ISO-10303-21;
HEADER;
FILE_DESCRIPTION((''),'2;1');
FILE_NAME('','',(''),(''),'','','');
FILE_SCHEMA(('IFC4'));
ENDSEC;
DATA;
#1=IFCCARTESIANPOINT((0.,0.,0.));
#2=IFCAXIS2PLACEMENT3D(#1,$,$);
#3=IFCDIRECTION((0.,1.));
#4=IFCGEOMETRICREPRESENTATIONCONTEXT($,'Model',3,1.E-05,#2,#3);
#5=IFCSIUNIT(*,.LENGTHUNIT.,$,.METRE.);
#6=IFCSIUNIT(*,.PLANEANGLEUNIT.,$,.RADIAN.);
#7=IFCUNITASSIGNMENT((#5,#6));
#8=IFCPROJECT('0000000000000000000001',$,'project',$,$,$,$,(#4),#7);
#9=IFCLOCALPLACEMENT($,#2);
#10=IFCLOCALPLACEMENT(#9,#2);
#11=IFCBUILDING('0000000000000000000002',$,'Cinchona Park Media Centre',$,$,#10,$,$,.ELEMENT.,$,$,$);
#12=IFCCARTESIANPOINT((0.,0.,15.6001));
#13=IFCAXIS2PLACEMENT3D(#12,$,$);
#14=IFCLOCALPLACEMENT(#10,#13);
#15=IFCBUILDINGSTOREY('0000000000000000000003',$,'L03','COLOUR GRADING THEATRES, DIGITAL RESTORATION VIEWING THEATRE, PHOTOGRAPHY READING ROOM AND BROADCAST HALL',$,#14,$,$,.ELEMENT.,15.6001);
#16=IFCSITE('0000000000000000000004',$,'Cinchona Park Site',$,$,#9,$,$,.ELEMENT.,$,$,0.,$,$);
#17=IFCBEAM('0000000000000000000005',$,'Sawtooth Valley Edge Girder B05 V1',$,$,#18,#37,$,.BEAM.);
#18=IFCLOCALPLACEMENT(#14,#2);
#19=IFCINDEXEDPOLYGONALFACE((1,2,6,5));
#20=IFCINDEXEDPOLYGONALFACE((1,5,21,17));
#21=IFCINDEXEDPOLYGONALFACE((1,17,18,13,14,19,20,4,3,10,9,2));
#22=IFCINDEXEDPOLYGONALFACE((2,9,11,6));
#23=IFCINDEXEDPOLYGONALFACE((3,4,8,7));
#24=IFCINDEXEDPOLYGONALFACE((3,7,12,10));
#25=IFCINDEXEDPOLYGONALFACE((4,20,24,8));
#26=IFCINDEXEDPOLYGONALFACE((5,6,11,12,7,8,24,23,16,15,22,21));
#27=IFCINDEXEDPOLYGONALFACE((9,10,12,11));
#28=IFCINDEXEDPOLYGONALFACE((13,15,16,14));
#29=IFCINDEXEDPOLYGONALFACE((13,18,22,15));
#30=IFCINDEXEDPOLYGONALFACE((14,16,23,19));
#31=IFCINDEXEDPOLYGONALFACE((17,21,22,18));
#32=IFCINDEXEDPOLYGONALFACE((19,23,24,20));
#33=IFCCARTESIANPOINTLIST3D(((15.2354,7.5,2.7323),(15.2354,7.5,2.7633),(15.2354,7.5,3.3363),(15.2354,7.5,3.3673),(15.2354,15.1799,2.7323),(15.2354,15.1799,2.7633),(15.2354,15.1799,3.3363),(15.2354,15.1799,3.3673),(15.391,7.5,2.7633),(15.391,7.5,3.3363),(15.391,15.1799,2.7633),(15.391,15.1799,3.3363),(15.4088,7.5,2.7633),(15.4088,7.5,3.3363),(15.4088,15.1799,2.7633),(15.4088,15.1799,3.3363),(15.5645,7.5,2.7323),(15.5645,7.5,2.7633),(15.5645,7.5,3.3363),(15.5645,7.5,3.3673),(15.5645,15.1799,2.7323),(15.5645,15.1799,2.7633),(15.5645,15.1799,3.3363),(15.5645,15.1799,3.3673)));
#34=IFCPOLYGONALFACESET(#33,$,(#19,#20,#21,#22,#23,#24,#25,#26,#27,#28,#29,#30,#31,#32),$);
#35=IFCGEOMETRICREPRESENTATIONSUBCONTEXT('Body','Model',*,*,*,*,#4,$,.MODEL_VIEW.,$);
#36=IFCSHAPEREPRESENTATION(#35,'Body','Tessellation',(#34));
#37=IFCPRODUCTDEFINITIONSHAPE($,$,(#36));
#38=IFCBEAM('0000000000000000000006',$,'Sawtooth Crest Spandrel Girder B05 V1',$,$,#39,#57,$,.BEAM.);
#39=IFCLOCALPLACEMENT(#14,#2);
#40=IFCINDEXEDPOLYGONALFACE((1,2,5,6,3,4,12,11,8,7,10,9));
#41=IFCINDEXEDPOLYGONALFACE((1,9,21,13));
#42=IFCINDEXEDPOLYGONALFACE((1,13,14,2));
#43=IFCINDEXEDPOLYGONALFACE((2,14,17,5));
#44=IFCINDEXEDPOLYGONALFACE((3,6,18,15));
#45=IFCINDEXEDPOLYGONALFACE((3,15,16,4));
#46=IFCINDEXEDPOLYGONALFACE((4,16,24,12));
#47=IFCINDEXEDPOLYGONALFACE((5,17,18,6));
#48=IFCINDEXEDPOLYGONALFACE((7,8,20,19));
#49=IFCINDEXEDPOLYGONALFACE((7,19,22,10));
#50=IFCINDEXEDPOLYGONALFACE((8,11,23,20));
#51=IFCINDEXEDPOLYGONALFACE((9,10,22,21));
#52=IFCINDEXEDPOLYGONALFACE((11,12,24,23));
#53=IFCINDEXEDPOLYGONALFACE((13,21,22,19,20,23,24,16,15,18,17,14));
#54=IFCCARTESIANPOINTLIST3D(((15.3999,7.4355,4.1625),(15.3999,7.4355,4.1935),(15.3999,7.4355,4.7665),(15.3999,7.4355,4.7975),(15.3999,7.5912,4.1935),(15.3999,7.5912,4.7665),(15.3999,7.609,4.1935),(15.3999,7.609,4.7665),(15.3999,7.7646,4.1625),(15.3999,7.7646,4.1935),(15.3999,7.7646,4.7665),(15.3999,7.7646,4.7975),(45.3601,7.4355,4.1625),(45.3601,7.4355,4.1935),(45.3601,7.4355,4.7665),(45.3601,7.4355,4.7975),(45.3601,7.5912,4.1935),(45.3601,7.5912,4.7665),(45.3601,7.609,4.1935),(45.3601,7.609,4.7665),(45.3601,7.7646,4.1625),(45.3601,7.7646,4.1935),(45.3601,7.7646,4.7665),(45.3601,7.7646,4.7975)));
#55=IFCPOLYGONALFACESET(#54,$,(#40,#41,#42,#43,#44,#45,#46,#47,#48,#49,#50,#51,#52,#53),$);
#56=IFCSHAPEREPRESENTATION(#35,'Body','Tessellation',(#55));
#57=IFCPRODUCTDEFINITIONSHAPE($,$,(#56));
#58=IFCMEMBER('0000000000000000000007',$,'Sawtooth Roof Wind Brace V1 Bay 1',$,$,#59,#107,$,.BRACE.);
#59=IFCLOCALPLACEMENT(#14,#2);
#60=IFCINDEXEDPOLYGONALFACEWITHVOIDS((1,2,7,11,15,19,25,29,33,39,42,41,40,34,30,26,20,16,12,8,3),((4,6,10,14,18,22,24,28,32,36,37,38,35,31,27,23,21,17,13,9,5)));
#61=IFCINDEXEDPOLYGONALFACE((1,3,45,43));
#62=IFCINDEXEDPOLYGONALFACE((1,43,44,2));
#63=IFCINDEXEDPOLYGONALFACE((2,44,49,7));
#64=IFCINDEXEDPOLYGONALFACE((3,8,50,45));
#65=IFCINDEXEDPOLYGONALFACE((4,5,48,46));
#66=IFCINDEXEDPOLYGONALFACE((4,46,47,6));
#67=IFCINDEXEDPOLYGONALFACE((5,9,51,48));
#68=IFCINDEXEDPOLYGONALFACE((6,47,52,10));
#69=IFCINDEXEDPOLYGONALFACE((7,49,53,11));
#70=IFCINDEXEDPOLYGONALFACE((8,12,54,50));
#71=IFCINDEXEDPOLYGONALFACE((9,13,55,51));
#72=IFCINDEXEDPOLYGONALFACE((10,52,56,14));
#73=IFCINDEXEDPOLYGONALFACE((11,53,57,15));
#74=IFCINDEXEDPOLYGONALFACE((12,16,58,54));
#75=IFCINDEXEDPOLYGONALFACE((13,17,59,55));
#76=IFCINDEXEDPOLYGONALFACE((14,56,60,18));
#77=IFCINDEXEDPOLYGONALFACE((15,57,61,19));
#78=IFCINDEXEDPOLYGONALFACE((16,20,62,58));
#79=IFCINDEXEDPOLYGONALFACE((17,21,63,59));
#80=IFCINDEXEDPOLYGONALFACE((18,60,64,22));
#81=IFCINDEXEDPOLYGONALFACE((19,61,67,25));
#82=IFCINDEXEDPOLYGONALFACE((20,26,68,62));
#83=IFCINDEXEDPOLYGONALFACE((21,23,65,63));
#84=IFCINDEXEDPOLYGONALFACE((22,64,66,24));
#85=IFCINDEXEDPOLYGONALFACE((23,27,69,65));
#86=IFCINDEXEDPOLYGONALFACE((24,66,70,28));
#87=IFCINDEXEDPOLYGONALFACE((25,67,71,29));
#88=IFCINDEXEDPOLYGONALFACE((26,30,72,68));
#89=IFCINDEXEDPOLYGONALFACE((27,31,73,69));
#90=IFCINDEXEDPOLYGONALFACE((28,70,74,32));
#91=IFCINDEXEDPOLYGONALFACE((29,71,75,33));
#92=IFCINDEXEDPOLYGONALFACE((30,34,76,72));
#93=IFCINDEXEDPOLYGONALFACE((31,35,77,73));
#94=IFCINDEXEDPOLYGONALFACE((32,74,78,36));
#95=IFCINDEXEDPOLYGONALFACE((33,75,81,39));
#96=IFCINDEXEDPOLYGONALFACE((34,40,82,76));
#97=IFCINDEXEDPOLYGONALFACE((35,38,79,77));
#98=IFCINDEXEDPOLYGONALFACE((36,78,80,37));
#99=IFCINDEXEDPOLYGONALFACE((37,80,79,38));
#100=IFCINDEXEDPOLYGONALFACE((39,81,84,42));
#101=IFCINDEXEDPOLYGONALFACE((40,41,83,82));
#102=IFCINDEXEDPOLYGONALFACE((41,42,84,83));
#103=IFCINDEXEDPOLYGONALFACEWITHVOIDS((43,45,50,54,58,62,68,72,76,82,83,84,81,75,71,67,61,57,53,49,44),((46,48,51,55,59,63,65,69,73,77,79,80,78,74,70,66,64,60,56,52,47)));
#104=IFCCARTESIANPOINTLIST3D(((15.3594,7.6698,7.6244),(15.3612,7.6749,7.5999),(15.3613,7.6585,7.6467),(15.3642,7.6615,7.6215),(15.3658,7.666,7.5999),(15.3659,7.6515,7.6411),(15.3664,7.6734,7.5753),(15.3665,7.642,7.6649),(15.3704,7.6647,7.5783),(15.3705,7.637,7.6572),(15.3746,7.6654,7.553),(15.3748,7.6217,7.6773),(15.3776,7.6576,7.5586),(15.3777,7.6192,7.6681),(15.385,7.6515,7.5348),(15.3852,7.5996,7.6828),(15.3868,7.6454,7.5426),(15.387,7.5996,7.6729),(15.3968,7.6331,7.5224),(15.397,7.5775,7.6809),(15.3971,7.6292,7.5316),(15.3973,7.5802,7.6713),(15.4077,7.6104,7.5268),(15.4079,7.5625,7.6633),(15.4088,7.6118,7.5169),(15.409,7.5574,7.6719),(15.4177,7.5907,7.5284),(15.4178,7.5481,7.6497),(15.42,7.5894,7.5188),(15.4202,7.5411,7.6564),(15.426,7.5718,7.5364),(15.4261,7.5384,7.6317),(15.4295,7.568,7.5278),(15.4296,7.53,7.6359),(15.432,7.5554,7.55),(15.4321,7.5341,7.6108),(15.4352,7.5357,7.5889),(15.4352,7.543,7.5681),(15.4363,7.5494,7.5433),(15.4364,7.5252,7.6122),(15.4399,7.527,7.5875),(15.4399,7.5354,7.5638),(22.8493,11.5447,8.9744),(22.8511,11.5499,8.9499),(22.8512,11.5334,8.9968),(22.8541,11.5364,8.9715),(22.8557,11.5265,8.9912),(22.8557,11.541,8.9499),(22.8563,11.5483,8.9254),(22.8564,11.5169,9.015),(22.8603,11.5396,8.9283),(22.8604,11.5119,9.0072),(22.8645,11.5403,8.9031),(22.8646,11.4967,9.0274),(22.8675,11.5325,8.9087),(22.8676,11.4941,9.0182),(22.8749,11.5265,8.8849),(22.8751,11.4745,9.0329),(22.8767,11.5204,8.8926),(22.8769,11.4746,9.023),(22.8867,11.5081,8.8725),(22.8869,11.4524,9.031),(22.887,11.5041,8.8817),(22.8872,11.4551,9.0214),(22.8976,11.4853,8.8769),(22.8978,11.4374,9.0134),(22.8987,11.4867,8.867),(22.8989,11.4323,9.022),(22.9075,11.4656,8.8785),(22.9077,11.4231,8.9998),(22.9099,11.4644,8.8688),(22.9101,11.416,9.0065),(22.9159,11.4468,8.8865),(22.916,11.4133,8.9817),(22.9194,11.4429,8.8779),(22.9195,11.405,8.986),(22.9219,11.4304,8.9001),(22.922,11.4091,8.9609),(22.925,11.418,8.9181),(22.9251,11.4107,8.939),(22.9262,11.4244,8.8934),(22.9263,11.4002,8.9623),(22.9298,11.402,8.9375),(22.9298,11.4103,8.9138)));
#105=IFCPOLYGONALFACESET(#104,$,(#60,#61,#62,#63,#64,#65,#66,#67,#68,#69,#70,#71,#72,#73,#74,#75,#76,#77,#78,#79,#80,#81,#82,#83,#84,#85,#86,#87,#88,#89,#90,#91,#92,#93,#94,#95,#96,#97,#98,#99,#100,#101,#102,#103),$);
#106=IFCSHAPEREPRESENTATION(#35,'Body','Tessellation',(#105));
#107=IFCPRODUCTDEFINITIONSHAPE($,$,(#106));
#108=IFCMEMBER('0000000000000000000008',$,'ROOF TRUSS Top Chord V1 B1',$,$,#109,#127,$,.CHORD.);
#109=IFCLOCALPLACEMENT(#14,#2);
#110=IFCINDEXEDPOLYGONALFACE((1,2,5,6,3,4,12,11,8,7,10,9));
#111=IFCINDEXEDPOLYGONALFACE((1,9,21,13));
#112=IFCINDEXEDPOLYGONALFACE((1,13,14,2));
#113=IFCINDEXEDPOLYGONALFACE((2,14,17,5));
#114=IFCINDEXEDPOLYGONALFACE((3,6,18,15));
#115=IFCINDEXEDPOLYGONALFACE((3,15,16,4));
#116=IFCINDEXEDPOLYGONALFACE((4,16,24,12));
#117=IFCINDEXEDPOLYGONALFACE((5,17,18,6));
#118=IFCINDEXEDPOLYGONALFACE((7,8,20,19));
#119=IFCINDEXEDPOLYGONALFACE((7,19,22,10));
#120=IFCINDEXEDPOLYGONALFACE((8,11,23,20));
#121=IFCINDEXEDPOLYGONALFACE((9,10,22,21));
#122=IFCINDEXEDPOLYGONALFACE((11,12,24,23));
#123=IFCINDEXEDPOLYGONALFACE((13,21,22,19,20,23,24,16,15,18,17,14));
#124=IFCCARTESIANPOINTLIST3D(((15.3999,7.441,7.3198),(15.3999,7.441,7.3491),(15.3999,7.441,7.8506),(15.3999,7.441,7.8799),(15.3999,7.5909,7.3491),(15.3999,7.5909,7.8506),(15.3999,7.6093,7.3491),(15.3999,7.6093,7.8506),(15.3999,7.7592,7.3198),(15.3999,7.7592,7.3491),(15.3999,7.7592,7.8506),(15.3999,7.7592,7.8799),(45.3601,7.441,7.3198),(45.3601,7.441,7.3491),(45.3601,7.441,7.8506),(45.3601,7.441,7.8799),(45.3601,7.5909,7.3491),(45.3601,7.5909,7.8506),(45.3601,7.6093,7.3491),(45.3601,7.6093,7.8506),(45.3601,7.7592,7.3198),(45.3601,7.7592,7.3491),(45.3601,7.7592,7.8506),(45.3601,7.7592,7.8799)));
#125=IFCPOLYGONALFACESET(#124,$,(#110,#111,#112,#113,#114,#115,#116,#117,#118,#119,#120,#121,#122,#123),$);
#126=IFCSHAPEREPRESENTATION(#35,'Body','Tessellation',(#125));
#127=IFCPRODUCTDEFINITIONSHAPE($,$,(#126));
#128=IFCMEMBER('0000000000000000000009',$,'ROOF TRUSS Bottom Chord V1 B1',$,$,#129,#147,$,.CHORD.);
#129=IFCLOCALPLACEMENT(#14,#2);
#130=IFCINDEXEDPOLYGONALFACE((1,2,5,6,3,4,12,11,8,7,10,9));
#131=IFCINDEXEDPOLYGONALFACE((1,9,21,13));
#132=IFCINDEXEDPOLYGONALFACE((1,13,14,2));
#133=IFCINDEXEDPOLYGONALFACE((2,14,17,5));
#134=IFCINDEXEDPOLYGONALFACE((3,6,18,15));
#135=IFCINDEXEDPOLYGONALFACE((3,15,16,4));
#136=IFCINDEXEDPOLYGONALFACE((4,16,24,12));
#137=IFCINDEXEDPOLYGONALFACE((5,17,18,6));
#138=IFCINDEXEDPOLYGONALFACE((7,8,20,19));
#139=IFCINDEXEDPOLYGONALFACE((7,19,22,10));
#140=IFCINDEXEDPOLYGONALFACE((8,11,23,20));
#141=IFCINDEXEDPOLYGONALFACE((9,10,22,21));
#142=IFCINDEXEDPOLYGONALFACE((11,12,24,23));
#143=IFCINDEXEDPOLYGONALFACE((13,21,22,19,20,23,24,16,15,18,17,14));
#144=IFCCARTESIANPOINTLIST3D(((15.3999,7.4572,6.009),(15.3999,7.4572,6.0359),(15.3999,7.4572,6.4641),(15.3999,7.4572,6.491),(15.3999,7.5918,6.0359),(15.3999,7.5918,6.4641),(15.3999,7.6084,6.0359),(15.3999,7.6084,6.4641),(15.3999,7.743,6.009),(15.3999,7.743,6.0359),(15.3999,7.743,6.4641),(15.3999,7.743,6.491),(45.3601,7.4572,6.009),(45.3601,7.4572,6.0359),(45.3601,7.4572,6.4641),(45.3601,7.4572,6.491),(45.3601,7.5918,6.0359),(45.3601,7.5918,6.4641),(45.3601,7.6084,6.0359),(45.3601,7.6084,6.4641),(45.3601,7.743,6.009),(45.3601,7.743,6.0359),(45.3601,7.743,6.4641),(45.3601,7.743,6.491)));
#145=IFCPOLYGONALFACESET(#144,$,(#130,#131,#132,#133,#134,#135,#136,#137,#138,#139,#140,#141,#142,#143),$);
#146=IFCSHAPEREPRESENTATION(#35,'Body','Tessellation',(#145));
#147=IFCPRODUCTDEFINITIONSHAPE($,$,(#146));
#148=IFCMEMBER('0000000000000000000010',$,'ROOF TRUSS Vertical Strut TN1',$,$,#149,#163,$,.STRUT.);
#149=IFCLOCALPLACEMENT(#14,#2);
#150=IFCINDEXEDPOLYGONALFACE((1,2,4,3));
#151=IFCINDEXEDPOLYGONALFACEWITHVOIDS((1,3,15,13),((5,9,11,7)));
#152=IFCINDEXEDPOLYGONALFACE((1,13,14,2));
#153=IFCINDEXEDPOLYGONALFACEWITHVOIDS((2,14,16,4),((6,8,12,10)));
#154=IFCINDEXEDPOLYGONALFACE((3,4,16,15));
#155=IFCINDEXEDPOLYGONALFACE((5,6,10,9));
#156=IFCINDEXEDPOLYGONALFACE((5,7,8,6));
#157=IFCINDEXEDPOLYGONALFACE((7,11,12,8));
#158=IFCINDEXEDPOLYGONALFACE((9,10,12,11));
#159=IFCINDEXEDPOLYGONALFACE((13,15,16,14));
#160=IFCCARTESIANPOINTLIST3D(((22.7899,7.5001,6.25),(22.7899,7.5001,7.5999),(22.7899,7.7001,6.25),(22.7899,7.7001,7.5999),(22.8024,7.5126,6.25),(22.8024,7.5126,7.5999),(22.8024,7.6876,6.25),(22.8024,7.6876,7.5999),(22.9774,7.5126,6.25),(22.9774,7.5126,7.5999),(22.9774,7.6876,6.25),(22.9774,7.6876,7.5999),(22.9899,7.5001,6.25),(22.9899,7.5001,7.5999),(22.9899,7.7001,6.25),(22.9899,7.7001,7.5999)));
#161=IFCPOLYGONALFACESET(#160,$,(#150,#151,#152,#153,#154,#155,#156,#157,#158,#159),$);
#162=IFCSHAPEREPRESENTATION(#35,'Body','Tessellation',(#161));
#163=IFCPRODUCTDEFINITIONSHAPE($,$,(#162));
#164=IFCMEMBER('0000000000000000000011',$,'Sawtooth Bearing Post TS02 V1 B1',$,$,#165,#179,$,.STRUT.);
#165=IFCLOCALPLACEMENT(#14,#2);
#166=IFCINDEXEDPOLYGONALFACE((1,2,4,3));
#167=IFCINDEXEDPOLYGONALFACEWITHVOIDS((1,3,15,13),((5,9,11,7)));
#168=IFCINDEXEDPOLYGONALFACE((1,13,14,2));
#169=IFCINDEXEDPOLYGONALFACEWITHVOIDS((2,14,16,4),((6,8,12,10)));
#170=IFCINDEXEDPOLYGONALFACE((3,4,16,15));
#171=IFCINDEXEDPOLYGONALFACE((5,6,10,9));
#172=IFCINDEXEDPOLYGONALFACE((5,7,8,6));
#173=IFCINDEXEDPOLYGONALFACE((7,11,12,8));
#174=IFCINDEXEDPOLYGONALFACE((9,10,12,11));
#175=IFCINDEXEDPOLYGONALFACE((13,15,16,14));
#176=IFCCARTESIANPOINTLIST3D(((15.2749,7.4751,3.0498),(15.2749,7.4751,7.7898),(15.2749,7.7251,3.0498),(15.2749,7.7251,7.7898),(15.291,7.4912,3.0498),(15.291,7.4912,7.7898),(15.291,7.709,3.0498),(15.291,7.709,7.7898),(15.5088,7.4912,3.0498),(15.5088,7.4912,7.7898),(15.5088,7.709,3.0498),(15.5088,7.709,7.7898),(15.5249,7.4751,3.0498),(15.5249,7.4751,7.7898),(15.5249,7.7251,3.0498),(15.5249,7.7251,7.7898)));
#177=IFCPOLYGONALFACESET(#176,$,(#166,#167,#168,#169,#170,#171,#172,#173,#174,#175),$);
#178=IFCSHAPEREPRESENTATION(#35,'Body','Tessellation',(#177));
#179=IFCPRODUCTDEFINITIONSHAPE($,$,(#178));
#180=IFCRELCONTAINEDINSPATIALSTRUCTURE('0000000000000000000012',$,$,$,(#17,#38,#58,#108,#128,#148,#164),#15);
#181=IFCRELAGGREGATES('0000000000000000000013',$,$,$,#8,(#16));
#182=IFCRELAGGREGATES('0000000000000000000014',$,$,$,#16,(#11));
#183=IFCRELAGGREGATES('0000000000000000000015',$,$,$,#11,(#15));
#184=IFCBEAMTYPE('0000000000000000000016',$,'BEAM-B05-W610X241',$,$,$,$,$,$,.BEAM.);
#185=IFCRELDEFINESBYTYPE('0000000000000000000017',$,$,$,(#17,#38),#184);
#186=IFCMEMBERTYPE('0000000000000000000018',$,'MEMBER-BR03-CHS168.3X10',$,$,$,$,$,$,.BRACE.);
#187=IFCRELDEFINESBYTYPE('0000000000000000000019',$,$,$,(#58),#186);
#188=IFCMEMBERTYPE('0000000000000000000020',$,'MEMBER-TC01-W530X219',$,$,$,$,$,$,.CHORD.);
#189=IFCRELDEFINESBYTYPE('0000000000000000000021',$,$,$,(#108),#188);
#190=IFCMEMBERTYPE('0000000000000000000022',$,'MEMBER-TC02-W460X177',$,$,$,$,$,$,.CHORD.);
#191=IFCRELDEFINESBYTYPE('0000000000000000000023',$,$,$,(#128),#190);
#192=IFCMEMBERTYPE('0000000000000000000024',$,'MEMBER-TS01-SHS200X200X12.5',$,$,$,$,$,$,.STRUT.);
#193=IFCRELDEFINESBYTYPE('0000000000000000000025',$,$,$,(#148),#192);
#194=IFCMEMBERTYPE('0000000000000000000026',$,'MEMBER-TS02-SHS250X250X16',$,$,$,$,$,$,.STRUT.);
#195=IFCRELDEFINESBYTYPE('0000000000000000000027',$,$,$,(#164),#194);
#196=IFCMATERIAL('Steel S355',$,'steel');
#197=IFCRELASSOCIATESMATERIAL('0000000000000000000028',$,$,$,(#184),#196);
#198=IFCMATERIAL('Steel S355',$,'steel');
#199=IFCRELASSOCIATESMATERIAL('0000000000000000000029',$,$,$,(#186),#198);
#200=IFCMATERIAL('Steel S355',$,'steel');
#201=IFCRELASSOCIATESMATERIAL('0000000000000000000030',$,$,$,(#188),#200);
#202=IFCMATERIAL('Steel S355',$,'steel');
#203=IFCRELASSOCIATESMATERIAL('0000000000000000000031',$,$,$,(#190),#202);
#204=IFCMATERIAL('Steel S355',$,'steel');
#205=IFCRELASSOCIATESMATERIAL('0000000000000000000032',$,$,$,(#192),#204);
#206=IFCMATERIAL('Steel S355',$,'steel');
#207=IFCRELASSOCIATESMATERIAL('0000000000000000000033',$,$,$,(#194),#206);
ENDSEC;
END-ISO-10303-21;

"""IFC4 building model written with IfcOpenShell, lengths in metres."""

from ifc_helpers import new_model, si_unit, direction, frame, origin, origin_2d, place, context, subcontext, project, spatial, hollow_rectangle, hollow_circle, i_section, extrude, material, material_profile, profile_set, type_object, element, save


model = new_model("IFC4")

# Units and contexts
model_context = context("Model", 3, precision=1e-05, world=origin(), true_north=direction((0.0, 1.0)))
body_context = subcontext(model_context, "Body", "Model", "MODEL_VIEW")
ifc_project = project(units=[si_unit("LENGTHUNIT", "METRE"), si_unit("PLANEANGLEUNIT", "RADIAN")], contexts=[model_context])

# Site, building, storey
site_placement = place(None, origin())
site = spatial("IfcSite", under=ifc_project, at=site_placement, Name="Cinchona Park Site", CompositionType="ELEMENT", RefElevation=0.0)
building_placement = place(site_placement, origin())
building = spatial("IfcBuilding", under=site, at=building_placement, Name="Cinchona Park Media Centre", CompositionType="ELEMENT")
storey_placement = place(building_placement, frame((0.0, 0.0, 15.6001)))
storey = spatial("IfcBuildingStorey", under=building, at=storey_placement, Name="L03", Description="COLOUR GRADING THEATRES, DIGITAL RESTORATION VIEWING THEATRE, PHOTOGRAPHY READING ROOM AND BROADCAST HALL", CompositionType="ELEMENT", Elevation=15.6001)

# Beams
ifc_material_1 = material(Name="Steel S355", Category="steel")
ifc_material_profile_1 = material_profile(ifc_material_1, i_section(OverallWidth=0.3291, OverallDepth=0.635, WebThickness=0.0178, FlangeThickness=0.031, at=origin_2d()), Name="W610X241")
ifc_profile_set_1 = profile_set([ifc_material_profile_1], Name="Steel S355")
beam_type = type_object("IfcBeamType", Name="BEAM-B05-W610X241", PredefinedType="BEAM", material=ifc_profile_set_1)
beam_1_placement = place(storey_placement, frame((15.3999, 7.5, 3.0498), z_axis=(0.0, 1.0, 0.0), x_axis=(-1.0, 0.0, 0.0)))
element("IfcBeam", 1, at=beam_1_placement, inside=storey, type_object=beam_type, Name="Sawtooth Valley Edge Girder B05 V1", PredefinedType="BEAM", context=body_context, shape_type="SweptSolid", body=[
    extrude(i_section(OverallWidth=0.3291, OverallDepth=0.635, WebThickness=0.0178, FlangeThickness=0.031, at=origin_2d()), origin(), (0.0, 0.0, 1.0), 7.6799),
])
beam_2_placement = place(storey_placement, frame((15.3999, 7.6001, 4.48), z_axis=(1.0, 0.0, 0.0), x_axis=(0.0, 1.0, 0.0)))
element("IfcBeam", 2, at=beam_2_placement, inside=storey, type_object=beam_type, Name="Sawtooth Crest Spandrel Girder B05 V1", PredefinedType="BEAM", context=body_context, shape_type="SweptSolid", body=[
    extrude(i_section(OverallWidth=0.3291, OverallDepth=0.635, WebThickness=0.0178, FlangeThickness=0.031, at=origin_2d()), origin(), (0.0, 0.0, 1.0), 29.9602),
])

# Members
ifc_material_2 = material(Name="Steel S355", Category="steel")
ifc_material_profile_2 = material_profile(ifc_material_2, hollow_circle(Radius=0.0842, WallThickness=0.01, at=origin_2d()), Name="168.3X10CHS")
ifc_profile_set_2 = profile_set([ifc_material_profile_2], Name="Steel S355")
member_type_1 = type_object("IfcMemberType", Name="MEMBER-BR03-CHS168.3X10", PredefinedType="BRACE", material=ifc_profile_set_2)
member_1_placement = place(storey_placement, frame((15.3999, 7.6001, 7.5999), z_axis=(0.877007, 0.453726, 0.158084), x_axis=(-0.459504, 0.888176, 0.0)))
element("IfcMember", 3, at=member_1_placement, inside=storey, type_object=member_type_1, Name="Sawtooth Roof Wind Brace V1 Bay 1", PredefinedType="BRACE", context=body_context, shape_type="SweptSolid", body=[
    extrude(hollow_circle(Radius=0.0842, WallThickness=0.01, at=origin_2d()), origin(), (0.0, 0.0, 1.0), 8.5403),
])
ifc_material_3 = material(Name="Steel S355", Category="steel")
ifc_material_profile_3 = material_profile(ifc_material_3, i_section(OverallWidth=0.3181, OverallDepth=0.5601, WebThickness=0.0183, FlangeThickness=0.0293, at=origin_2d()), Name="W530X219")
ifc_profile_set_3 = profile_set([ifc_material_profile_3], Name="Steel S355")
member_type_2 = type_object("IfcMemberType", Name="MEMBER-TC01-W530X219", PredefinedType="CHORD", material=ifc_profile_set_3)
member_2_placement = place(storey_placement, frame((15.3999, 7.6001, 7.5999), z_axis=(1.0, 0.0, 0.0), x_axis=(0.0, 1.0, 0.0)))
element("IfcMember", 4, at=member_2_placement, inside=storey, type_object=member_type_2, Name="ROOF TRUSS Top Chord V1 B1", PredefinedType="CHORD", context=body_context, shape_type="SweptSolid", body=[
    extrude(i_section(OverallWidth=0.3181, OverallDepth=0.5601, WebThickness=0.0183, FlangeThickness=0.0293, at=origin_2d()), origin(), (0.0, 0.0, 1.0), 29.9602),
])
ifc_material_4 = material(Name="Steel S355", Category="steel")
ifc_material_profile_4 = material_profile(ifc_material_4, i_section(OverallWidth=0.2859, OverallDepth=0.4819, WebThickness=0.0166, FlangeThickness=0.0269, at=origin_2d()), Name="W460X177")
ifc_profile_set_4 = profile_set([ifc_material_profile_4], Name="Steel S355")
member_type_3 = type_object("IfcMemberType", Name="MEMBER-TC02-W460X177", PredefinedType="CHORD", material=ifc_profile_set_4)
member_3_placement = place(storey_placement, frame((15.3999, 7.6001, 6.25), z_axis=(1.0, 0.0, 0.0), x_axis=(0.0, 1.0, 0.0)))
element("IfcMember", 5, at=member_3_placement, inside=storey, type_object=member_type_3, Name="ROOF TRUSS Bottom Chord V1 B1", PredefinedType="CHORD", context=body_context, shape_type="SweptSolid", body=[
    extrude(i_section(OverallWidth=0.2859, OverallDepth=0.4819, WebThickness=0.0166, FlangeThickness=0.0269, at=origin_2d()), origin(), (0.0, 0.0, 1.0), 29.9602),
])
ifc_material_5 = material(Name="Steel S355", Category="steel")
ifc_material_profile_5 = material_profile(ifc_material_5, hollow_rectangle(XDim=0.2, YDim=0.2, WallThickness=0.0125, at=origin_2d()), Name="200X200X12.5SHS")
ifc_profile_set_5 = profile_set([ifc_material_profile_5], Name="Steel S355")
member_type_4 = type_object("IfcMemberType", Name="MEMBER-TS01-SHS200X200X12.5", PredefinedType="STRUT", material=ifc_profile_set_5)
member_4_placement = place(storey_placement, frame((22.8899, 7.6001, 6.25), z_axis=(0.0, 0.0, 1.0), x_axis=(1.0, 0.0, 0.0)))
element("IfcMember", 6, at=member_4_placement, inside=storey, type_object=member_type_4, Name="ROOF TRUSS Vertical Strut TN1", PredefinedType="STRUT", context=body_context, shape_type="SweptSolid", body=[
    extrude(hollow_rectangle(XDim=0.2, YDim=0.2, WallThickness=0.0125, at=origin_2d()), origin(), (0.0, 0.0, 1.0), 1.3499),
])
ifc_material_6 = material(Name="Steel S355", Category="steel")
ifc_material_profile_6 = material_profile(ifc_material_6, hollow_rectangle(XDim=0.25, YDim=0.25, WallThickness=0.0161, at=origin_2d()), Name="250X250X16SHS")
ifc_profile_set_6 = profile_set([ifc_material_profile_6], Name="Steel S355")
member_type_5 = type_object("IfcMemberType", Name="MEMBER-TS02-SHS250X250X16", PredefinedType="STRUT", material=ifc_profile_set_6)
member_5_placement = place(storey_placement, frame((15.3999, 7.6001, 3.0498), z_axis=(0.0, 0.0, 1.0), x_axis=(1.0, 0.0, 0.0)))
element("IfcMember", 7, at=member_5_placement, inside=storey, type_object=member_type_5, Name="Sawtooth Bearing Post TS02 V1 B1", PredefinedType="STRUT", context=body_context, shape_type="SweptSolid", body=[
    extrude(hollow_rectangle(XDim=0.25, YDim=0.25, WallThickness=0.0161, at=origin_2d()), origin(), (0.0, 0.0, 1.0), 4.74),
])

save(model, "model.ifc")
